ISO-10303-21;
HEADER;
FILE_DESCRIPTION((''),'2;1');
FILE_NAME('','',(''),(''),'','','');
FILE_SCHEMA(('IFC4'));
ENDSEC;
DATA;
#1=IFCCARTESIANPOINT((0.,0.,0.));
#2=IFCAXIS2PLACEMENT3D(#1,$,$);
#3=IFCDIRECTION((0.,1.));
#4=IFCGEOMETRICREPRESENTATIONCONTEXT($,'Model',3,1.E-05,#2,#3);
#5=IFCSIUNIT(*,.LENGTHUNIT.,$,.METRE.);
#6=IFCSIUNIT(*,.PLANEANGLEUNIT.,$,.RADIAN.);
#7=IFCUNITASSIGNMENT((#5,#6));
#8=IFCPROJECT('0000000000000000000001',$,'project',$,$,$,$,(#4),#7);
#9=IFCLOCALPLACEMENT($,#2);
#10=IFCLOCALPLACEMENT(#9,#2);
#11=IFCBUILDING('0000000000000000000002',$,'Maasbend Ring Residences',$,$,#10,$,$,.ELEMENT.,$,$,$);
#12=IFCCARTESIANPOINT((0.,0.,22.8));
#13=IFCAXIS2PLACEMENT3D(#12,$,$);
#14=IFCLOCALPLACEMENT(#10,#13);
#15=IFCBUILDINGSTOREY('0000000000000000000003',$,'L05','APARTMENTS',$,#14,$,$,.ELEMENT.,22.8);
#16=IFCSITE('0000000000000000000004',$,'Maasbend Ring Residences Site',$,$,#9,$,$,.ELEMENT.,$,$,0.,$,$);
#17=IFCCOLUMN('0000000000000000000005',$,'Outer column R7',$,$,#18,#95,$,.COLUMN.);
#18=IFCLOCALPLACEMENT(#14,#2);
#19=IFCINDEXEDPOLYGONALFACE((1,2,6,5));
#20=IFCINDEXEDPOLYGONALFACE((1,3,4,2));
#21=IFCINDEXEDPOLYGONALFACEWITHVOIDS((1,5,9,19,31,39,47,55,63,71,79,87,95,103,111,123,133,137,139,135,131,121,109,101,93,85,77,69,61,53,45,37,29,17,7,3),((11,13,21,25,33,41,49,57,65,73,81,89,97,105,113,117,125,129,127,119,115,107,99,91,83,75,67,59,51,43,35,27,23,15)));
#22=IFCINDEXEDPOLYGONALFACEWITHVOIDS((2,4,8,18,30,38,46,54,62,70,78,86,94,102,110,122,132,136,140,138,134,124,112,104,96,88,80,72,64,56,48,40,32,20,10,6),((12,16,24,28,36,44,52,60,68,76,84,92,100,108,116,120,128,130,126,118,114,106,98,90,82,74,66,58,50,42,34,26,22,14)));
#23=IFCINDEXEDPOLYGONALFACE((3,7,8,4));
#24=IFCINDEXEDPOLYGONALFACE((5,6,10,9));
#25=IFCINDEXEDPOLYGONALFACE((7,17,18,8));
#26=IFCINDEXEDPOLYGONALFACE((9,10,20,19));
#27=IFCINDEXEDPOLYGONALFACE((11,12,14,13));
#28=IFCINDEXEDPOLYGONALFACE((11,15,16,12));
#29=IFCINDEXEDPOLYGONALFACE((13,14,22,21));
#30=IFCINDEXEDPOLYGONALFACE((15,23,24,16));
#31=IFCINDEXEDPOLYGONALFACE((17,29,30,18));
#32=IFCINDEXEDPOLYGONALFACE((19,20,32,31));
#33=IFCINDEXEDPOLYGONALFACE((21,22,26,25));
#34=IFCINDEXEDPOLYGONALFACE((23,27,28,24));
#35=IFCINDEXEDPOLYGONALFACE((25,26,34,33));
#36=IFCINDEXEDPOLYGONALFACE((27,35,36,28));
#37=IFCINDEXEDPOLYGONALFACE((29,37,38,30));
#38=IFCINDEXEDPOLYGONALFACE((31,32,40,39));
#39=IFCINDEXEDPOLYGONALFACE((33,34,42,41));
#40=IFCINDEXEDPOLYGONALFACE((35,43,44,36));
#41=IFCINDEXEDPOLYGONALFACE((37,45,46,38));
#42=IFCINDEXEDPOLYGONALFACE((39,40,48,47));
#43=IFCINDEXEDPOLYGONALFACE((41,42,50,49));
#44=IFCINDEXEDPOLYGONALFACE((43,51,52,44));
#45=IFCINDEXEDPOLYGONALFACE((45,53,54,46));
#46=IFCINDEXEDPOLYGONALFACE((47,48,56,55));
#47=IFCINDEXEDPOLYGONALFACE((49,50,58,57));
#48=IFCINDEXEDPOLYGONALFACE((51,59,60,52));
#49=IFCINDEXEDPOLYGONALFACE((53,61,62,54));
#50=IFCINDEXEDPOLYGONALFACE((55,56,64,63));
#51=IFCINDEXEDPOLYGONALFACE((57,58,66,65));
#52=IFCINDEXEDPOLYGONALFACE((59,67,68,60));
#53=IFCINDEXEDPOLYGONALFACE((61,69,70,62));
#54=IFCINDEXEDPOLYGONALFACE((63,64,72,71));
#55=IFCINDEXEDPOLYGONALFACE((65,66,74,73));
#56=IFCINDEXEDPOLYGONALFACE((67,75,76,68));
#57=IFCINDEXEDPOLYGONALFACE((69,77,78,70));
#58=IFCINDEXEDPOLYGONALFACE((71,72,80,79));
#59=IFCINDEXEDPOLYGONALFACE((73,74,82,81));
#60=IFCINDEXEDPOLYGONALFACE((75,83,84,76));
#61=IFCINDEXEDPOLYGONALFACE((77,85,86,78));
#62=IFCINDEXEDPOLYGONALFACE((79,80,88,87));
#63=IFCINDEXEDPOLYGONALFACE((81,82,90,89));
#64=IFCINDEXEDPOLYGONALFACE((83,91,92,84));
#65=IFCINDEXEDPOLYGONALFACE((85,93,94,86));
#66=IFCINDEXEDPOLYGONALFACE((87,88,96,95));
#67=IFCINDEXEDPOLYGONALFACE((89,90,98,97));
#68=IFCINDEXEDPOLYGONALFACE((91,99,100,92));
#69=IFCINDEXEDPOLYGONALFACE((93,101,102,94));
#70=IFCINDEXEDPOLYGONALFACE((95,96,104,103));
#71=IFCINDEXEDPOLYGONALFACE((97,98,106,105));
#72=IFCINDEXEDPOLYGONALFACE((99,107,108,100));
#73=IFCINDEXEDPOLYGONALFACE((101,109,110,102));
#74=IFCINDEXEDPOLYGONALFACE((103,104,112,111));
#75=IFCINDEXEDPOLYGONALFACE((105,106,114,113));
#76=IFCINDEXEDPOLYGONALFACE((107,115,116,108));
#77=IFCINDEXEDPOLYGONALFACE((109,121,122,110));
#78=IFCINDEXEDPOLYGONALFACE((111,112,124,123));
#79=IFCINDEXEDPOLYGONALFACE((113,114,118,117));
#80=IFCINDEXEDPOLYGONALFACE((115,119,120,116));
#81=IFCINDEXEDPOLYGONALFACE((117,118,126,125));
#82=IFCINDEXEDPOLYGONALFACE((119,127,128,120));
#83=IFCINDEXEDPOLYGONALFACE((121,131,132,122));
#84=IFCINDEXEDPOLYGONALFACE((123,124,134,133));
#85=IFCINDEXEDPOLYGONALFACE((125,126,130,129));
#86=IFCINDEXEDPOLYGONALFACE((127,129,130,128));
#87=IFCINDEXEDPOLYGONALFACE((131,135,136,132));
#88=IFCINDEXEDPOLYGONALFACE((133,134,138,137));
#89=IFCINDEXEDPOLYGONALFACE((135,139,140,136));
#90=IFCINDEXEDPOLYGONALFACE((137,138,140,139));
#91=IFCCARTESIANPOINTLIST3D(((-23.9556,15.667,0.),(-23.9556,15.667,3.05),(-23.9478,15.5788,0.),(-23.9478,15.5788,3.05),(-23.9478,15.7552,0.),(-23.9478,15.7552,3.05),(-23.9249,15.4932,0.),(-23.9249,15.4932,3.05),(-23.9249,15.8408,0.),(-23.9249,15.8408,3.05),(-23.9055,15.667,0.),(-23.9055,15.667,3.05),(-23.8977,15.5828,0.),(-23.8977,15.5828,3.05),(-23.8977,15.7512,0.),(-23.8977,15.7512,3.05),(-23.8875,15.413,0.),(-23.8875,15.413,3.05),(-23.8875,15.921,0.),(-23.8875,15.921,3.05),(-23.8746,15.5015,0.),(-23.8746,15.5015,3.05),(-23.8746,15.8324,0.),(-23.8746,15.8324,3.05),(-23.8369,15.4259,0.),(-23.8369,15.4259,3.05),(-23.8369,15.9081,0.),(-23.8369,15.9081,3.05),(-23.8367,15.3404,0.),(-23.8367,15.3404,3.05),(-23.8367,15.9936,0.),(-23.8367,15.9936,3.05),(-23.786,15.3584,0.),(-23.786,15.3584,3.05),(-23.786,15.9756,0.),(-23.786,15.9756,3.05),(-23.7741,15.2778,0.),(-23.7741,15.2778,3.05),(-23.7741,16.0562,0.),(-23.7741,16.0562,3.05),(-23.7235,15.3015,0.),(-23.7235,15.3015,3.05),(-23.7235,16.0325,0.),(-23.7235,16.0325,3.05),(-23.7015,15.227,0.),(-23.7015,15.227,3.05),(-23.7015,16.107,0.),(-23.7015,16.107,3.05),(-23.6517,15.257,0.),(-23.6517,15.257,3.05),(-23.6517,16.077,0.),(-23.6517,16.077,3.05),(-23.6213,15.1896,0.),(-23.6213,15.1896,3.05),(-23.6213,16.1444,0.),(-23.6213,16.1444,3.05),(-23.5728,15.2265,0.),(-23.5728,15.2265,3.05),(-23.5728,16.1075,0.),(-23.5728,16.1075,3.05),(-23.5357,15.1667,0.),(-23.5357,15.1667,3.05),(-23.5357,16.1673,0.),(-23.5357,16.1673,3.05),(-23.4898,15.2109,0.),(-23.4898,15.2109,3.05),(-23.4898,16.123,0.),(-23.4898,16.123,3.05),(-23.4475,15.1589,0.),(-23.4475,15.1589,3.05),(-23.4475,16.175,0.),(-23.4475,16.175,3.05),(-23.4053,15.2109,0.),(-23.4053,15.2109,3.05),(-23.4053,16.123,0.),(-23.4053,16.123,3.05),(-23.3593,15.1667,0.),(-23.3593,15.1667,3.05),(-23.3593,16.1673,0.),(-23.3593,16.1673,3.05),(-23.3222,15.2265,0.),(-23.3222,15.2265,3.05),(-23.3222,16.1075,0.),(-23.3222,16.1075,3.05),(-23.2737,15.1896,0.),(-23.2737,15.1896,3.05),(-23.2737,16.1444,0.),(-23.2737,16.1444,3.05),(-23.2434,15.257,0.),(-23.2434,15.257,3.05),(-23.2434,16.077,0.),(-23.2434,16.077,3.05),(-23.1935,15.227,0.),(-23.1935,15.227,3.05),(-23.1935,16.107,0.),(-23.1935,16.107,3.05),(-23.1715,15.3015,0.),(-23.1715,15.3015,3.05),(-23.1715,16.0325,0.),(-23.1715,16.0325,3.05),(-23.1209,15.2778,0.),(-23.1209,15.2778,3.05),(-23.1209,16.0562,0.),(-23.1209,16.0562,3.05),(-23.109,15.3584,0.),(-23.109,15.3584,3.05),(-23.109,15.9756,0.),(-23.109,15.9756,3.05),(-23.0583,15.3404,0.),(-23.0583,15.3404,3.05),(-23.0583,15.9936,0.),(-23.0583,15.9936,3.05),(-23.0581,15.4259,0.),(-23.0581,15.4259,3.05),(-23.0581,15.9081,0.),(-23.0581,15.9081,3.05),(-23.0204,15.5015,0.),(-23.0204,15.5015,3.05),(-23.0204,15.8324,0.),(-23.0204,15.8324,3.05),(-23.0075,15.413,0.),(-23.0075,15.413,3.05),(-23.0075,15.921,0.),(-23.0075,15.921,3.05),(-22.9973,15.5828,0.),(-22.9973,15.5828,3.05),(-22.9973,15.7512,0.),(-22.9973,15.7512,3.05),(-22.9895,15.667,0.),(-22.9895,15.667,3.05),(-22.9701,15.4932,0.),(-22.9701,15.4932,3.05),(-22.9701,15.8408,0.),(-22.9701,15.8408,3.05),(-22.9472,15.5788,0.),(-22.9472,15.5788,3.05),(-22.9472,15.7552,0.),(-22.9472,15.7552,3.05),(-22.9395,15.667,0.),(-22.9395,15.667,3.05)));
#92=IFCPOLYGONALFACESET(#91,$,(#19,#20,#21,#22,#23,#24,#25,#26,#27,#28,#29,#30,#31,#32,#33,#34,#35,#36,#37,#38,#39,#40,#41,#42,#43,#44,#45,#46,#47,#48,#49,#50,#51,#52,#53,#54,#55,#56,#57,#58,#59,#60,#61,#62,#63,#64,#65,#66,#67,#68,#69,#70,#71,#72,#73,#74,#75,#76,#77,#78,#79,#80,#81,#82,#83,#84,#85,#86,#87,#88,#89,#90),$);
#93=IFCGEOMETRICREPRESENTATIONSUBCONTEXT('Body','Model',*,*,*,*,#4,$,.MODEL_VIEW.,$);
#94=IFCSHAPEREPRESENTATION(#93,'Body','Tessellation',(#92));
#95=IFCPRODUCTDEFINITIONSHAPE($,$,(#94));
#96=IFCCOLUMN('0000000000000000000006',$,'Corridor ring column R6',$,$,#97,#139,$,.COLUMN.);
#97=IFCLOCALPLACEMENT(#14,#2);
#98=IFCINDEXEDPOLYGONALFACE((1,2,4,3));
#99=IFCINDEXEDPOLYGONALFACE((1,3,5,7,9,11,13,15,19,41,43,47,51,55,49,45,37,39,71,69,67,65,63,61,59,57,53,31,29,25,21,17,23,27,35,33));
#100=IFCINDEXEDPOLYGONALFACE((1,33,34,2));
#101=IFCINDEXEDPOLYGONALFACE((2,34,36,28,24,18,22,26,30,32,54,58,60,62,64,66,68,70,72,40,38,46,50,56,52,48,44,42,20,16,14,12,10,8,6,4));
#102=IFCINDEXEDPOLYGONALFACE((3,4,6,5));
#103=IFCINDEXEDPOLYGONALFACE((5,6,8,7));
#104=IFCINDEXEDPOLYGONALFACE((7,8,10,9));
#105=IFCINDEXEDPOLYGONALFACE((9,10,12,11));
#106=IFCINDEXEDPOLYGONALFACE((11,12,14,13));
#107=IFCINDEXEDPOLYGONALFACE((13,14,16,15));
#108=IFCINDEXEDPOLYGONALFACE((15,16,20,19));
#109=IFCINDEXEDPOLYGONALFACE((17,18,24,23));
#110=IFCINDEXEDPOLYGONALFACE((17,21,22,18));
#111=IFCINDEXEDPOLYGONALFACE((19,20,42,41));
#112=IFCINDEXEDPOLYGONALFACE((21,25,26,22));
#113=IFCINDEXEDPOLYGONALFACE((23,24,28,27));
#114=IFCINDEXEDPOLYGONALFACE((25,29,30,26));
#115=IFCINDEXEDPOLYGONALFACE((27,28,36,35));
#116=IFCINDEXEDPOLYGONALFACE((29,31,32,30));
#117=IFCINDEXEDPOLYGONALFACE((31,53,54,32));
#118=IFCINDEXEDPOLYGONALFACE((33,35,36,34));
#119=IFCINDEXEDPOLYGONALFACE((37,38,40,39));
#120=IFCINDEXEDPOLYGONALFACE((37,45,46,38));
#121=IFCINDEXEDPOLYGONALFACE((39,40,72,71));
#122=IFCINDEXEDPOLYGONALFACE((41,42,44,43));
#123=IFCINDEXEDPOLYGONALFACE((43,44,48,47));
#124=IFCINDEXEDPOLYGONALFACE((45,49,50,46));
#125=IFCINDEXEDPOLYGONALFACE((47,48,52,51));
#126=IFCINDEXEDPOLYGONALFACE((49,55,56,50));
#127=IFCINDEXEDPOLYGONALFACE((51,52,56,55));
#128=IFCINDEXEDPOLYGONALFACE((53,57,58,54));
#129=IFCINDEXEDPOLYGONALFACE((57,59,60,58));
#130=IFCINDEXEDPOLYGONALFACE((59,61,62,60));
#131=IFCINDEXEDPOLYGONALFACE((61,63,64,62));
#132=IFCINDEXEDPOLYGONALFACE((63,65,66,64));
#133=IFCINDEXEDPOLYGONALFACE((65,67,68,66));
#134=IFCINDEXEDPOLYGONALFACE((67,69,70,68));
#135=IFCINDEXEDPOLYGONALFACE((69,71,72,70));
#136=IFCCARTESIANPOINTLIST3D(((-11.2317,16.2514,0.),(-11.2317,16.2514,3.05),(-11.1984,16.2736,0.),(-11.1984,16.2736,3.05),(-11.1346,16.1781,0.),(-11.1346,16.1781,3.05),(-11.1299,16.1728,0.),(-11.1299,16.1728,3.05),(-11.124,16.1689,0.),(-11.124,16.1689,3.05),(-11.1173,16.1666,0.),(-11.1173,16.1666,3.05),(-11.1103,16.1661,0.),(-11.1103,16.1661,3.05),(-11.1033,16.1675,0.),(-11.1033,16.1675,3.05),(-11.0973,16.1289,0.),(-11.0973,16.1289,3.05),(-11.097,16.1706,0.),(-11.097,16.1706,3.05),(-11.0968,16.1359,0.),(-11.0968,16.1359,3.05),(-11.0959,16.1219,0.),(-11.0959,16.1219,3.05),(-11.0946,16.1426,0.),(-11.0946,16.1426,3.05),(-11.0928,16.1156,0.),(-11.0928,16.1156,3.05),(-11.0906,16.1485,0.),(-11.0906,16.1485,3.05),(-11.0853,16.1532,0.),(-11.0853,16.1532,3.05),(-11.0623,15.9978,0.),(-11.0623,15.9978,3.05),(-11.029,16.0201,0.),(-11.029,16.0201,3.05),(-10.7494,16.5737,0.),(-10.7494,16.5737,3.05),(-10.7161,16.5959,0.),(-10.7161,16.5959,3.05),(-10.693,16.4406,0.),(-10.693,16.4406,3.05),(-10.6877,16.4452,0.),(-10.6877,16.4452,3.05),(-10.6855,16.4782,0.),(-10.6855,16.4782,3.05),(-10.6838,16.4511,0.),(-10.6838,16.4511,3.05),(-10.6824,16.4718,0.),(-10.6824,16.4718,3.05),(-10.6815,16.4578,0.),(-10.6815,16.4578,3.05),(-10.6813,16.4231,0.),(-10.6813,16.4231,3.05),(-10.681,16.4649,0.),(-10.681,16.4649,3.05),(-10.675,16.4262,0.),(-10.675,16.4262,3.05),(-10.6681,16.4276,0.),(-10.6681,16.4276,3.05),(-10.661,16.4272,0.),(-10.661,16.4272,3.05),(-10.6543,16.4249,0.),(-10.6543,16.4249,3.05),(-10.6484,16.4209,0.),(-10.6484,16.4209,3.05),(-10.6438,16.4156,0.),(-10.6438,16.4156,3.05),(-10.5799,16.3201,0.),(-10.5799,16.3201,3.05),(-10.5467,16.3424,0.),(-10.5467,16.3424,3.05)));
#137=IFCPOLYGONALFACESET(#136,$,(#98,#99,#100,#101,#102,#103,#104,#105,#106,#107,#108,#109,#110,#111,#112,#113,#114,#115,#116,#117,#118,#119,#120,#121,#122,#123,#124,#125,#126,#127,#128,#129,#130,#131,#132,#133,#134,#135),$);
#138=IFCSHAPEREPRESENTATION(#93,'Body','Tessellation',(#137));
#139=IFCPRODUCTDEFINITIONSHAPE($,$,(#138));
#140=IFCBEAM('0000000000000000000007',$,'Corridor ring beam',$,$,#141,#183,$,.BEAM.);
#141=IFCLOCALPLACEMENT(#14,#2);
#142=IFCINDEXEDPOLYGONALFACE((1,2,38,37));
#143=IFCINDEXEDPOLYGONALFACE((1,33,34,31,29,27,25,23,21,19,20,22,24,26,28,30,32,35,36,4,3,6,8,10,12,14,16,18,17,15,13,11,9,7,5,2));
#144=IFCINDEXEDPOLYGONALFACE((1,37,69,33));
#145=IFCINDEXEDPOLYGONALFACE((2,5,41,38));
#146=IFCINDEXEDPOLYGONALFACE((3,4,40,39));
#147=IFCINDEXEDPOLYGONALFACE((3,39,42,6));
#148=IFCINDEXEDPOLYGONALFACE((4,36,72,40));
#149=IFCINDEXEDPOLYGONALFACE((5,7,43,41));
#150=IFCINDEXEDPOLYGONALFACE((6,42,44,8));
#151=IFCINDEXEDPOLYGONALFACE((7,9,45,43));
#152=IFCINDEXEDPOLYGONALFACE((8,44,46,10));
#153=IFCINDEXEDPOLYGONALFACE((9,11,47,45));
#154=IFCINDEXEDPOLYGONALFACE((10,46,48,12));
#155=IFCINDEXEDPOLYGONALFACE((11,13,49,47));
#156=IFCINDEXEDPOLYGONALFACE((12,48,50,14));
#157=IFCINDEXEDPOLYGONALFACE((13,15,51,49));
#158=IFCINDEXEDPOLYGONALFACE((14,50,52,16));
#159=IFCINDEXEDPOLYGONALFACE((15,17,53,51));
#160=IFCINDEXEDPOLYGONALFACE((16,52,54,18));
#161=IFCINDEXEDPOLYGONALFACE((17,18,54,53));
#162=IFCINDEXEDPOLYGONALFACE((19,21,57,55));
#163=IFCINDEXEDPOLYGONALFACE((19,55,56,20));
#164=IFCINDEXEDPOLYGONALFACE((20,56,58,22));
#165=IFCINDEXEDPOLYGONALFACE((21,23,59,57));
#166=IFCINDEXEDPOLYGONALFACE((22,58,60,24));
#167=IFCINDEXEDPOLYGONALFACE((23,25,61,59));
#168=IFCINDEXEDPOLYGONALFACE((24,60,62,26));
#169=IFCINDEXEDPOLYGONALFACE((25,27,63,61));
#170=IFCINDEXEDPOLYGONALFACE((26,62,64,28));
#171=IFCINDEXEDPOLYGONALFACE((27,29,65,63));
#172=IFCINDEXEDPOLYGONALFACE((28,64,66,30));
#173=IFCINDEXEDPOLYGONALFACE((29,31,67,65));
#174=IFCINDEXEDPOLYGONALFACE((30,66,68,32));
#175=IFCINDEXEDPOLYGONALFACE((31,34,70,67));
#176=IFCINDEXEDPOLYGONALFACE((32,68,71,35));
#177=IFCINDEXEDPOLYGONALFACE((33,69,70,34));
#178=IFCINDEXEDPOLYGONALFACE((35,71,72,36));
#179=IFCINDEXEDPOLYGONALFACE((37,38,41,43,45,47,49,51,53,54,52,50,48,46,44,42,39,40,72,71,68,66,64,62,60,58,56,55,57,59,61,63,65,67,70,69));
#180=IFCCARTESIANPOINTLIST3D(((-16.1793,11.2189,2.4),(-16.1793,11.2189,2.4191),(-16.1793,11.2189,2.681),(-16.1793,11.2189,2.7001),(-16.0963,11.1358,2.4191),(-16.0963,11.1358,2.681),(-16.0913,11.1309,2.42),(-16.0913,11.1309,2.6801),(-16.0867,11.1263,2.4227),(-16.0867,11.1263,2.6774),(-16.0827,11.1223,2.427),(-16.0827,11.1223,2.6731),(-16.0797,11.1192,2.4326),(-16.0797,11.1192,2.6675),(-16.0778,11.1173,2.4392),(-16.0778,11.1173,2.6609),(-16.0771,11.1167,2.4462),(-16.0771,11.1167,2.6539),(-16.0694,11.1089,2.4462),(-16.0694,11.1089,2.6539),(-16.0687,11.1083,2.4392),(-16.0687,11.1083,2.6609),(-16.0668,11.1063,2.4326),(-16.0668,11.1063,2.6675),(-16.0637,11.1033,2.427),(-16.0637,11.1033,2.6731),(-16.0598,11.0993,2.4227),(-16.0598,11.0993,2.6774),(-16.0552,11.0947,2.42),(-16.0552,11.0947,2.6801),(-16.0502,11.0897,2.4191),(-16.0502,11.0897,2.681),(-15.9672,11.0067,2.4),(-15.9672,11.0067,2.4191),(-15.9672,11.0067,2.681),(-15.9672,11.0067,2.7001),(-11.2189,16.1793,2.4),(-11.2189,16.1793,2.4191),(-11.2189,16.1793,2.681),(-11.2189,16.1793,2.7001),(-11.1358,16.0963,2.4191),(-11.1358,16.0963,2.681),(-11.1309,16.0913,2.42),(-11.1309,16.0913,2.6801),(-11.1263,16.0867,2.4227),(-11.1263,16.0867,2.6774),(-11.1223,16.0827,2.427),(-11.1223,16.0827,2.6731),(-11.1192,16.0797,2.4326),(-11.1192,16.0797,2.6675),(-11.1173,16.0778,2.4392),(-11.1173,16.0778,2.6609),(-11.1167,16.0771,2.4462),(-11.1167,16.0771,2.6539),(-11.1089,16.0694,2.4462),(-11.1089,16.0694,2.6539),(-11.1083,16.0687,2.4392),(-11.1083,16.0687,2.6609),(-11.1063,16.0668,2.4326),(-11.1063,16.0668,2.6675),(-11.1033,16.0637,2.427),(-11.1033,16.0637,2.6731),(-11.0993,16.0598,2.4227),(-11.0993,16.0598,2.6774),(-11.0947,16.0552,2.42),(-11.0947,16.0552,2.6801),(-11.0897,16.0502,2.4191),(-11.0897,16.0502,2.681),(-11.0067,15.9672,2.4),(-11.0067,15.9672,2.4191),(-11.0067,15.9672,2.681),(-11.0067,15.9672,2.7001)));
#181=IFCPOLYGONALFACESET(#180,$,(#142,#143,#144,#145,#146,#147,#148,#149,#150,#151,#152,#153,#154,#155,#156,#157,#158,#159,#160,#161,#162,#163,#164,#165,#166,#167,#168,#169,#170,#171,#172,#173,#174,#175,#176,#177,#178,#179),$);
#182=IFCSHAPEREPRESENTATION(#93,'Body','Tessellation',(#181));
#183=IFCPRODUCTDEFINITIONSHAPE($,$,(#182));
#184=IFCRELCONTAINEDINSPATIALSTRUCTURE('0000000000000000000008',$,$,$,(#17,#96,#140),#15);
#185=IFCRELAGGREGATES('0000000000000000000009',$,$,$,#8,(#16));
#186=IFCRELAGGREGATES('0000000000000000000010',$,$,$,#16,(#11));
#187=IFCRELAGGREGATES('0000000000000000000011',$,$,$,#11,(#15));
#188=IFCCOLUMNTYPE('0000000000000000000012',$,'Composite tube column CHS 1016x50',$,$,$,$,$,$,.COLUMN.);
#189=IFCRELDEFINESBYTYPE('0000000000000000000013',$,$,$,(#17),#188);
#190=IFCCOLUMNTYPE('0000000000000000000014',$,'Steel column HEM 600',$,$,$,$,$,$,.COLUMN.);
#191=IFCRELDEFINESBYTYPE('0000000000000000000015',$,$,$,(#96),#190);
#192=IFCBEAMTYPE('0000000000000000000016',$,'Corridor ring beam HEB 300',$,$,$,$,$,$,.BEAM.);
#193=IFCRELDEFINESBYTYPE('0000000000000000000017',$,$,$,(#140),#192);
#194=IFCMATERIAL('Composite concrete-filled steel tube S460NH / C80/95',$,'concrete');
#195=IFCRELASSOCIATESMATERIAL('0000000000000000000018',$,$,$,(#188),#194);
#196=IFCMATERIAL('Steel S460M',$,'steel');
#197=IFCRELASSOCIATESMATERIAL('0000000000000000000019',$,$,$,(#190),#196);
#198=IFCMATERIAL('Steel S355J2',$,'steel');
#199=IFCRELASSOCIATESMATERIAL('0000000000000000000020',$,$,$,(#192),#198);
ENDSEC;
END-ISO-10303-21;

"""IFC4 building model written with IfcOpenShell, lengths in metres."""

from ifc_helpers import new_model, si_unit, direction, frame, origin, origin_2d, place, context, subcontext, project, spatial, hollow_circle, i_section, extrude, material, material_profile, profile_set, type_object, element, save


model = new_model("IFC4")

# Units and contexts
model_context = context("Model", 3, precision=1e-05, world=origin(), true_north=direction((0.0, 1.0)))
body_context = subcontext(model_context, "Body", "Model", "MODEL_VIEW")
ifc_project = project(units=[si_unit("LENGTHUNIT", "METRE"), si_unit("PLANEANGLEUNIT", "RADIAN")], contexts=[model_context])

# Site, building, storey
site_placement = place(None, origin())
site = spatial("IfcSite", under=ifc_project, at=site_placement, Name="Maasbend Ring Residences Site", CompositionType="ELEMENT", RefElevation=0.0)
building_placement = place(site_placement, origin())
building = spatial("IfcBuilding", under=site, at=building_placement, Name="Maasbend Ring Residences", CompositionType="ELEMENT")
storey_placement = place(building_placement, frame((0.0, 0.0, 22.8)))
storey = spatial("IfcBuildingStorey", under=building, at=storey_placement, Name="L05", Description="APARTMENTS", CompositionType="ELEMENT", Elevation=22.8)

# Columns
ifc_material_1 = material(Name="Composite concrete-filled steel tube S460NH / C80/95", Category="concrete")
ifc_material_profile_1 = material_profile(ifc_material_1, hollow_circle(Radius=0.5081, WallThickness=0.05, at=origin_2d()), Name="Composite tube column CHS 1016x50")
ifc_profile_set_1 = profile_set([ifc_material_profile_1], Name="Composite concrete-filled steel tube S460NH / C80/95")
column_type_1 = type_object("IfcColumnType", Name="Composite tube column CHS 1016x50", PredefinedType="COLUMN", material=ifc_profile_set_1)
column_1_placement = place(storey_placement, frame((-23.4475, 15.667, 0.0), z_axis=(0.0, 0.0, 1.0), x_axis=(1.0, 0.0, 0.0)))
element("IfcColumn", 1, at=column_1_placement, inside=storey, type_object=column_type_1, Name="Outer column R7", PredefinedType="COLUMN", context=body_context, shape_type="SweptSolid", body=[
    extrude(hollow_circle(Radius=0.5081, WallThickness=0.05, at=origin_2d()), origin(), (0.0, 0.0, 1.0), 3.05),
])
ifc_material_2 = material(Name="Steel S460M", Category="steel")
ifc_material_profile_2 = material_profile(ifc_material_2, i_section(OverallWidth=0.3049, OverallDepth=0.6201, WebThickness=0.021, FlangeThickness=0.04, FilletRadius=0.0271, at=origin_2d()), Name="HEM 600")
ifc_profile_set_2 = profile_set([ifc_material_profile_2], Name="Steel S460M")
column_type_2 = type_object("IfcColumnType", Name="Steel column HEM 600", PredefinedType="COLUMN", material=ifc_profile_set_2)
column_2_placement = place(storey_placement, frame((-10.8892, 16.2969, 0.0), z_axis=(0.0, 0.0, 1.0), x_axis=(-0.55557, 0.83147, 0.0)))
element("IfcColumn", 2, at=column_2_placement, inside=storey, type_object=column_type_2, Name="Corridor ring column R6", PredefinedType="COLUMN", context=body_context, shape_type="SweptSolid", body=[
    extrude(i_section(OverallWidth=0.3049, OverallDepth=0.6201, WebThickness=0.021, FlangeThickness=0.04, FilletRadius=0.0271, at=origin_2d()), origin(), (0.0, 0.0, 1.0), 3.05),
])

# Beam
ifc_material_3 = material(Name="Steel S355J2", Category="steel")
ifc_material_profile_3 = material_profile(ifc_material_3, i_section(OverallWidth=0.3, OverallDepth=0.3, WebThickness=0.011, FlangeThickness=0.019, FilletRadius=0.0271, at=origin_2d()), Name="HEB 300")
ifc_profile_set_3 = profile_set([ifc_material_profile_3], Name="Steel S355J2")
beam_type = type_object("IfcBeamType", Name="Corridor ring beam HEB 300", PredefinedType="BEAM", material=ifc_profile_set_3)
beam_placement = place(storey_placement, frame((-11.1128, 16.0732, 2.55), z_axis=(-0.707107, -0.707107, 0.0), x_axis=(0.707107, -0.707107, 0.0)))
element("IfcBeam", 3, at=beam_placement, inside=storey, type_object=beam_type, Name="Corridor ring beam", PredefinedType="BEAM", context=body_context, shape_type="SweptSolid", body=[
    extrude(i_section(OverallWidth=0.3, OverallDepth=0.3, WebThickness=0.011, FlangeThickness=0.019, FilletRadius=0.0271, at=origin_2d()), origin(), (0.0, 0.0, 1.0), 7.0151),
])

save(model, "model.ifc")
